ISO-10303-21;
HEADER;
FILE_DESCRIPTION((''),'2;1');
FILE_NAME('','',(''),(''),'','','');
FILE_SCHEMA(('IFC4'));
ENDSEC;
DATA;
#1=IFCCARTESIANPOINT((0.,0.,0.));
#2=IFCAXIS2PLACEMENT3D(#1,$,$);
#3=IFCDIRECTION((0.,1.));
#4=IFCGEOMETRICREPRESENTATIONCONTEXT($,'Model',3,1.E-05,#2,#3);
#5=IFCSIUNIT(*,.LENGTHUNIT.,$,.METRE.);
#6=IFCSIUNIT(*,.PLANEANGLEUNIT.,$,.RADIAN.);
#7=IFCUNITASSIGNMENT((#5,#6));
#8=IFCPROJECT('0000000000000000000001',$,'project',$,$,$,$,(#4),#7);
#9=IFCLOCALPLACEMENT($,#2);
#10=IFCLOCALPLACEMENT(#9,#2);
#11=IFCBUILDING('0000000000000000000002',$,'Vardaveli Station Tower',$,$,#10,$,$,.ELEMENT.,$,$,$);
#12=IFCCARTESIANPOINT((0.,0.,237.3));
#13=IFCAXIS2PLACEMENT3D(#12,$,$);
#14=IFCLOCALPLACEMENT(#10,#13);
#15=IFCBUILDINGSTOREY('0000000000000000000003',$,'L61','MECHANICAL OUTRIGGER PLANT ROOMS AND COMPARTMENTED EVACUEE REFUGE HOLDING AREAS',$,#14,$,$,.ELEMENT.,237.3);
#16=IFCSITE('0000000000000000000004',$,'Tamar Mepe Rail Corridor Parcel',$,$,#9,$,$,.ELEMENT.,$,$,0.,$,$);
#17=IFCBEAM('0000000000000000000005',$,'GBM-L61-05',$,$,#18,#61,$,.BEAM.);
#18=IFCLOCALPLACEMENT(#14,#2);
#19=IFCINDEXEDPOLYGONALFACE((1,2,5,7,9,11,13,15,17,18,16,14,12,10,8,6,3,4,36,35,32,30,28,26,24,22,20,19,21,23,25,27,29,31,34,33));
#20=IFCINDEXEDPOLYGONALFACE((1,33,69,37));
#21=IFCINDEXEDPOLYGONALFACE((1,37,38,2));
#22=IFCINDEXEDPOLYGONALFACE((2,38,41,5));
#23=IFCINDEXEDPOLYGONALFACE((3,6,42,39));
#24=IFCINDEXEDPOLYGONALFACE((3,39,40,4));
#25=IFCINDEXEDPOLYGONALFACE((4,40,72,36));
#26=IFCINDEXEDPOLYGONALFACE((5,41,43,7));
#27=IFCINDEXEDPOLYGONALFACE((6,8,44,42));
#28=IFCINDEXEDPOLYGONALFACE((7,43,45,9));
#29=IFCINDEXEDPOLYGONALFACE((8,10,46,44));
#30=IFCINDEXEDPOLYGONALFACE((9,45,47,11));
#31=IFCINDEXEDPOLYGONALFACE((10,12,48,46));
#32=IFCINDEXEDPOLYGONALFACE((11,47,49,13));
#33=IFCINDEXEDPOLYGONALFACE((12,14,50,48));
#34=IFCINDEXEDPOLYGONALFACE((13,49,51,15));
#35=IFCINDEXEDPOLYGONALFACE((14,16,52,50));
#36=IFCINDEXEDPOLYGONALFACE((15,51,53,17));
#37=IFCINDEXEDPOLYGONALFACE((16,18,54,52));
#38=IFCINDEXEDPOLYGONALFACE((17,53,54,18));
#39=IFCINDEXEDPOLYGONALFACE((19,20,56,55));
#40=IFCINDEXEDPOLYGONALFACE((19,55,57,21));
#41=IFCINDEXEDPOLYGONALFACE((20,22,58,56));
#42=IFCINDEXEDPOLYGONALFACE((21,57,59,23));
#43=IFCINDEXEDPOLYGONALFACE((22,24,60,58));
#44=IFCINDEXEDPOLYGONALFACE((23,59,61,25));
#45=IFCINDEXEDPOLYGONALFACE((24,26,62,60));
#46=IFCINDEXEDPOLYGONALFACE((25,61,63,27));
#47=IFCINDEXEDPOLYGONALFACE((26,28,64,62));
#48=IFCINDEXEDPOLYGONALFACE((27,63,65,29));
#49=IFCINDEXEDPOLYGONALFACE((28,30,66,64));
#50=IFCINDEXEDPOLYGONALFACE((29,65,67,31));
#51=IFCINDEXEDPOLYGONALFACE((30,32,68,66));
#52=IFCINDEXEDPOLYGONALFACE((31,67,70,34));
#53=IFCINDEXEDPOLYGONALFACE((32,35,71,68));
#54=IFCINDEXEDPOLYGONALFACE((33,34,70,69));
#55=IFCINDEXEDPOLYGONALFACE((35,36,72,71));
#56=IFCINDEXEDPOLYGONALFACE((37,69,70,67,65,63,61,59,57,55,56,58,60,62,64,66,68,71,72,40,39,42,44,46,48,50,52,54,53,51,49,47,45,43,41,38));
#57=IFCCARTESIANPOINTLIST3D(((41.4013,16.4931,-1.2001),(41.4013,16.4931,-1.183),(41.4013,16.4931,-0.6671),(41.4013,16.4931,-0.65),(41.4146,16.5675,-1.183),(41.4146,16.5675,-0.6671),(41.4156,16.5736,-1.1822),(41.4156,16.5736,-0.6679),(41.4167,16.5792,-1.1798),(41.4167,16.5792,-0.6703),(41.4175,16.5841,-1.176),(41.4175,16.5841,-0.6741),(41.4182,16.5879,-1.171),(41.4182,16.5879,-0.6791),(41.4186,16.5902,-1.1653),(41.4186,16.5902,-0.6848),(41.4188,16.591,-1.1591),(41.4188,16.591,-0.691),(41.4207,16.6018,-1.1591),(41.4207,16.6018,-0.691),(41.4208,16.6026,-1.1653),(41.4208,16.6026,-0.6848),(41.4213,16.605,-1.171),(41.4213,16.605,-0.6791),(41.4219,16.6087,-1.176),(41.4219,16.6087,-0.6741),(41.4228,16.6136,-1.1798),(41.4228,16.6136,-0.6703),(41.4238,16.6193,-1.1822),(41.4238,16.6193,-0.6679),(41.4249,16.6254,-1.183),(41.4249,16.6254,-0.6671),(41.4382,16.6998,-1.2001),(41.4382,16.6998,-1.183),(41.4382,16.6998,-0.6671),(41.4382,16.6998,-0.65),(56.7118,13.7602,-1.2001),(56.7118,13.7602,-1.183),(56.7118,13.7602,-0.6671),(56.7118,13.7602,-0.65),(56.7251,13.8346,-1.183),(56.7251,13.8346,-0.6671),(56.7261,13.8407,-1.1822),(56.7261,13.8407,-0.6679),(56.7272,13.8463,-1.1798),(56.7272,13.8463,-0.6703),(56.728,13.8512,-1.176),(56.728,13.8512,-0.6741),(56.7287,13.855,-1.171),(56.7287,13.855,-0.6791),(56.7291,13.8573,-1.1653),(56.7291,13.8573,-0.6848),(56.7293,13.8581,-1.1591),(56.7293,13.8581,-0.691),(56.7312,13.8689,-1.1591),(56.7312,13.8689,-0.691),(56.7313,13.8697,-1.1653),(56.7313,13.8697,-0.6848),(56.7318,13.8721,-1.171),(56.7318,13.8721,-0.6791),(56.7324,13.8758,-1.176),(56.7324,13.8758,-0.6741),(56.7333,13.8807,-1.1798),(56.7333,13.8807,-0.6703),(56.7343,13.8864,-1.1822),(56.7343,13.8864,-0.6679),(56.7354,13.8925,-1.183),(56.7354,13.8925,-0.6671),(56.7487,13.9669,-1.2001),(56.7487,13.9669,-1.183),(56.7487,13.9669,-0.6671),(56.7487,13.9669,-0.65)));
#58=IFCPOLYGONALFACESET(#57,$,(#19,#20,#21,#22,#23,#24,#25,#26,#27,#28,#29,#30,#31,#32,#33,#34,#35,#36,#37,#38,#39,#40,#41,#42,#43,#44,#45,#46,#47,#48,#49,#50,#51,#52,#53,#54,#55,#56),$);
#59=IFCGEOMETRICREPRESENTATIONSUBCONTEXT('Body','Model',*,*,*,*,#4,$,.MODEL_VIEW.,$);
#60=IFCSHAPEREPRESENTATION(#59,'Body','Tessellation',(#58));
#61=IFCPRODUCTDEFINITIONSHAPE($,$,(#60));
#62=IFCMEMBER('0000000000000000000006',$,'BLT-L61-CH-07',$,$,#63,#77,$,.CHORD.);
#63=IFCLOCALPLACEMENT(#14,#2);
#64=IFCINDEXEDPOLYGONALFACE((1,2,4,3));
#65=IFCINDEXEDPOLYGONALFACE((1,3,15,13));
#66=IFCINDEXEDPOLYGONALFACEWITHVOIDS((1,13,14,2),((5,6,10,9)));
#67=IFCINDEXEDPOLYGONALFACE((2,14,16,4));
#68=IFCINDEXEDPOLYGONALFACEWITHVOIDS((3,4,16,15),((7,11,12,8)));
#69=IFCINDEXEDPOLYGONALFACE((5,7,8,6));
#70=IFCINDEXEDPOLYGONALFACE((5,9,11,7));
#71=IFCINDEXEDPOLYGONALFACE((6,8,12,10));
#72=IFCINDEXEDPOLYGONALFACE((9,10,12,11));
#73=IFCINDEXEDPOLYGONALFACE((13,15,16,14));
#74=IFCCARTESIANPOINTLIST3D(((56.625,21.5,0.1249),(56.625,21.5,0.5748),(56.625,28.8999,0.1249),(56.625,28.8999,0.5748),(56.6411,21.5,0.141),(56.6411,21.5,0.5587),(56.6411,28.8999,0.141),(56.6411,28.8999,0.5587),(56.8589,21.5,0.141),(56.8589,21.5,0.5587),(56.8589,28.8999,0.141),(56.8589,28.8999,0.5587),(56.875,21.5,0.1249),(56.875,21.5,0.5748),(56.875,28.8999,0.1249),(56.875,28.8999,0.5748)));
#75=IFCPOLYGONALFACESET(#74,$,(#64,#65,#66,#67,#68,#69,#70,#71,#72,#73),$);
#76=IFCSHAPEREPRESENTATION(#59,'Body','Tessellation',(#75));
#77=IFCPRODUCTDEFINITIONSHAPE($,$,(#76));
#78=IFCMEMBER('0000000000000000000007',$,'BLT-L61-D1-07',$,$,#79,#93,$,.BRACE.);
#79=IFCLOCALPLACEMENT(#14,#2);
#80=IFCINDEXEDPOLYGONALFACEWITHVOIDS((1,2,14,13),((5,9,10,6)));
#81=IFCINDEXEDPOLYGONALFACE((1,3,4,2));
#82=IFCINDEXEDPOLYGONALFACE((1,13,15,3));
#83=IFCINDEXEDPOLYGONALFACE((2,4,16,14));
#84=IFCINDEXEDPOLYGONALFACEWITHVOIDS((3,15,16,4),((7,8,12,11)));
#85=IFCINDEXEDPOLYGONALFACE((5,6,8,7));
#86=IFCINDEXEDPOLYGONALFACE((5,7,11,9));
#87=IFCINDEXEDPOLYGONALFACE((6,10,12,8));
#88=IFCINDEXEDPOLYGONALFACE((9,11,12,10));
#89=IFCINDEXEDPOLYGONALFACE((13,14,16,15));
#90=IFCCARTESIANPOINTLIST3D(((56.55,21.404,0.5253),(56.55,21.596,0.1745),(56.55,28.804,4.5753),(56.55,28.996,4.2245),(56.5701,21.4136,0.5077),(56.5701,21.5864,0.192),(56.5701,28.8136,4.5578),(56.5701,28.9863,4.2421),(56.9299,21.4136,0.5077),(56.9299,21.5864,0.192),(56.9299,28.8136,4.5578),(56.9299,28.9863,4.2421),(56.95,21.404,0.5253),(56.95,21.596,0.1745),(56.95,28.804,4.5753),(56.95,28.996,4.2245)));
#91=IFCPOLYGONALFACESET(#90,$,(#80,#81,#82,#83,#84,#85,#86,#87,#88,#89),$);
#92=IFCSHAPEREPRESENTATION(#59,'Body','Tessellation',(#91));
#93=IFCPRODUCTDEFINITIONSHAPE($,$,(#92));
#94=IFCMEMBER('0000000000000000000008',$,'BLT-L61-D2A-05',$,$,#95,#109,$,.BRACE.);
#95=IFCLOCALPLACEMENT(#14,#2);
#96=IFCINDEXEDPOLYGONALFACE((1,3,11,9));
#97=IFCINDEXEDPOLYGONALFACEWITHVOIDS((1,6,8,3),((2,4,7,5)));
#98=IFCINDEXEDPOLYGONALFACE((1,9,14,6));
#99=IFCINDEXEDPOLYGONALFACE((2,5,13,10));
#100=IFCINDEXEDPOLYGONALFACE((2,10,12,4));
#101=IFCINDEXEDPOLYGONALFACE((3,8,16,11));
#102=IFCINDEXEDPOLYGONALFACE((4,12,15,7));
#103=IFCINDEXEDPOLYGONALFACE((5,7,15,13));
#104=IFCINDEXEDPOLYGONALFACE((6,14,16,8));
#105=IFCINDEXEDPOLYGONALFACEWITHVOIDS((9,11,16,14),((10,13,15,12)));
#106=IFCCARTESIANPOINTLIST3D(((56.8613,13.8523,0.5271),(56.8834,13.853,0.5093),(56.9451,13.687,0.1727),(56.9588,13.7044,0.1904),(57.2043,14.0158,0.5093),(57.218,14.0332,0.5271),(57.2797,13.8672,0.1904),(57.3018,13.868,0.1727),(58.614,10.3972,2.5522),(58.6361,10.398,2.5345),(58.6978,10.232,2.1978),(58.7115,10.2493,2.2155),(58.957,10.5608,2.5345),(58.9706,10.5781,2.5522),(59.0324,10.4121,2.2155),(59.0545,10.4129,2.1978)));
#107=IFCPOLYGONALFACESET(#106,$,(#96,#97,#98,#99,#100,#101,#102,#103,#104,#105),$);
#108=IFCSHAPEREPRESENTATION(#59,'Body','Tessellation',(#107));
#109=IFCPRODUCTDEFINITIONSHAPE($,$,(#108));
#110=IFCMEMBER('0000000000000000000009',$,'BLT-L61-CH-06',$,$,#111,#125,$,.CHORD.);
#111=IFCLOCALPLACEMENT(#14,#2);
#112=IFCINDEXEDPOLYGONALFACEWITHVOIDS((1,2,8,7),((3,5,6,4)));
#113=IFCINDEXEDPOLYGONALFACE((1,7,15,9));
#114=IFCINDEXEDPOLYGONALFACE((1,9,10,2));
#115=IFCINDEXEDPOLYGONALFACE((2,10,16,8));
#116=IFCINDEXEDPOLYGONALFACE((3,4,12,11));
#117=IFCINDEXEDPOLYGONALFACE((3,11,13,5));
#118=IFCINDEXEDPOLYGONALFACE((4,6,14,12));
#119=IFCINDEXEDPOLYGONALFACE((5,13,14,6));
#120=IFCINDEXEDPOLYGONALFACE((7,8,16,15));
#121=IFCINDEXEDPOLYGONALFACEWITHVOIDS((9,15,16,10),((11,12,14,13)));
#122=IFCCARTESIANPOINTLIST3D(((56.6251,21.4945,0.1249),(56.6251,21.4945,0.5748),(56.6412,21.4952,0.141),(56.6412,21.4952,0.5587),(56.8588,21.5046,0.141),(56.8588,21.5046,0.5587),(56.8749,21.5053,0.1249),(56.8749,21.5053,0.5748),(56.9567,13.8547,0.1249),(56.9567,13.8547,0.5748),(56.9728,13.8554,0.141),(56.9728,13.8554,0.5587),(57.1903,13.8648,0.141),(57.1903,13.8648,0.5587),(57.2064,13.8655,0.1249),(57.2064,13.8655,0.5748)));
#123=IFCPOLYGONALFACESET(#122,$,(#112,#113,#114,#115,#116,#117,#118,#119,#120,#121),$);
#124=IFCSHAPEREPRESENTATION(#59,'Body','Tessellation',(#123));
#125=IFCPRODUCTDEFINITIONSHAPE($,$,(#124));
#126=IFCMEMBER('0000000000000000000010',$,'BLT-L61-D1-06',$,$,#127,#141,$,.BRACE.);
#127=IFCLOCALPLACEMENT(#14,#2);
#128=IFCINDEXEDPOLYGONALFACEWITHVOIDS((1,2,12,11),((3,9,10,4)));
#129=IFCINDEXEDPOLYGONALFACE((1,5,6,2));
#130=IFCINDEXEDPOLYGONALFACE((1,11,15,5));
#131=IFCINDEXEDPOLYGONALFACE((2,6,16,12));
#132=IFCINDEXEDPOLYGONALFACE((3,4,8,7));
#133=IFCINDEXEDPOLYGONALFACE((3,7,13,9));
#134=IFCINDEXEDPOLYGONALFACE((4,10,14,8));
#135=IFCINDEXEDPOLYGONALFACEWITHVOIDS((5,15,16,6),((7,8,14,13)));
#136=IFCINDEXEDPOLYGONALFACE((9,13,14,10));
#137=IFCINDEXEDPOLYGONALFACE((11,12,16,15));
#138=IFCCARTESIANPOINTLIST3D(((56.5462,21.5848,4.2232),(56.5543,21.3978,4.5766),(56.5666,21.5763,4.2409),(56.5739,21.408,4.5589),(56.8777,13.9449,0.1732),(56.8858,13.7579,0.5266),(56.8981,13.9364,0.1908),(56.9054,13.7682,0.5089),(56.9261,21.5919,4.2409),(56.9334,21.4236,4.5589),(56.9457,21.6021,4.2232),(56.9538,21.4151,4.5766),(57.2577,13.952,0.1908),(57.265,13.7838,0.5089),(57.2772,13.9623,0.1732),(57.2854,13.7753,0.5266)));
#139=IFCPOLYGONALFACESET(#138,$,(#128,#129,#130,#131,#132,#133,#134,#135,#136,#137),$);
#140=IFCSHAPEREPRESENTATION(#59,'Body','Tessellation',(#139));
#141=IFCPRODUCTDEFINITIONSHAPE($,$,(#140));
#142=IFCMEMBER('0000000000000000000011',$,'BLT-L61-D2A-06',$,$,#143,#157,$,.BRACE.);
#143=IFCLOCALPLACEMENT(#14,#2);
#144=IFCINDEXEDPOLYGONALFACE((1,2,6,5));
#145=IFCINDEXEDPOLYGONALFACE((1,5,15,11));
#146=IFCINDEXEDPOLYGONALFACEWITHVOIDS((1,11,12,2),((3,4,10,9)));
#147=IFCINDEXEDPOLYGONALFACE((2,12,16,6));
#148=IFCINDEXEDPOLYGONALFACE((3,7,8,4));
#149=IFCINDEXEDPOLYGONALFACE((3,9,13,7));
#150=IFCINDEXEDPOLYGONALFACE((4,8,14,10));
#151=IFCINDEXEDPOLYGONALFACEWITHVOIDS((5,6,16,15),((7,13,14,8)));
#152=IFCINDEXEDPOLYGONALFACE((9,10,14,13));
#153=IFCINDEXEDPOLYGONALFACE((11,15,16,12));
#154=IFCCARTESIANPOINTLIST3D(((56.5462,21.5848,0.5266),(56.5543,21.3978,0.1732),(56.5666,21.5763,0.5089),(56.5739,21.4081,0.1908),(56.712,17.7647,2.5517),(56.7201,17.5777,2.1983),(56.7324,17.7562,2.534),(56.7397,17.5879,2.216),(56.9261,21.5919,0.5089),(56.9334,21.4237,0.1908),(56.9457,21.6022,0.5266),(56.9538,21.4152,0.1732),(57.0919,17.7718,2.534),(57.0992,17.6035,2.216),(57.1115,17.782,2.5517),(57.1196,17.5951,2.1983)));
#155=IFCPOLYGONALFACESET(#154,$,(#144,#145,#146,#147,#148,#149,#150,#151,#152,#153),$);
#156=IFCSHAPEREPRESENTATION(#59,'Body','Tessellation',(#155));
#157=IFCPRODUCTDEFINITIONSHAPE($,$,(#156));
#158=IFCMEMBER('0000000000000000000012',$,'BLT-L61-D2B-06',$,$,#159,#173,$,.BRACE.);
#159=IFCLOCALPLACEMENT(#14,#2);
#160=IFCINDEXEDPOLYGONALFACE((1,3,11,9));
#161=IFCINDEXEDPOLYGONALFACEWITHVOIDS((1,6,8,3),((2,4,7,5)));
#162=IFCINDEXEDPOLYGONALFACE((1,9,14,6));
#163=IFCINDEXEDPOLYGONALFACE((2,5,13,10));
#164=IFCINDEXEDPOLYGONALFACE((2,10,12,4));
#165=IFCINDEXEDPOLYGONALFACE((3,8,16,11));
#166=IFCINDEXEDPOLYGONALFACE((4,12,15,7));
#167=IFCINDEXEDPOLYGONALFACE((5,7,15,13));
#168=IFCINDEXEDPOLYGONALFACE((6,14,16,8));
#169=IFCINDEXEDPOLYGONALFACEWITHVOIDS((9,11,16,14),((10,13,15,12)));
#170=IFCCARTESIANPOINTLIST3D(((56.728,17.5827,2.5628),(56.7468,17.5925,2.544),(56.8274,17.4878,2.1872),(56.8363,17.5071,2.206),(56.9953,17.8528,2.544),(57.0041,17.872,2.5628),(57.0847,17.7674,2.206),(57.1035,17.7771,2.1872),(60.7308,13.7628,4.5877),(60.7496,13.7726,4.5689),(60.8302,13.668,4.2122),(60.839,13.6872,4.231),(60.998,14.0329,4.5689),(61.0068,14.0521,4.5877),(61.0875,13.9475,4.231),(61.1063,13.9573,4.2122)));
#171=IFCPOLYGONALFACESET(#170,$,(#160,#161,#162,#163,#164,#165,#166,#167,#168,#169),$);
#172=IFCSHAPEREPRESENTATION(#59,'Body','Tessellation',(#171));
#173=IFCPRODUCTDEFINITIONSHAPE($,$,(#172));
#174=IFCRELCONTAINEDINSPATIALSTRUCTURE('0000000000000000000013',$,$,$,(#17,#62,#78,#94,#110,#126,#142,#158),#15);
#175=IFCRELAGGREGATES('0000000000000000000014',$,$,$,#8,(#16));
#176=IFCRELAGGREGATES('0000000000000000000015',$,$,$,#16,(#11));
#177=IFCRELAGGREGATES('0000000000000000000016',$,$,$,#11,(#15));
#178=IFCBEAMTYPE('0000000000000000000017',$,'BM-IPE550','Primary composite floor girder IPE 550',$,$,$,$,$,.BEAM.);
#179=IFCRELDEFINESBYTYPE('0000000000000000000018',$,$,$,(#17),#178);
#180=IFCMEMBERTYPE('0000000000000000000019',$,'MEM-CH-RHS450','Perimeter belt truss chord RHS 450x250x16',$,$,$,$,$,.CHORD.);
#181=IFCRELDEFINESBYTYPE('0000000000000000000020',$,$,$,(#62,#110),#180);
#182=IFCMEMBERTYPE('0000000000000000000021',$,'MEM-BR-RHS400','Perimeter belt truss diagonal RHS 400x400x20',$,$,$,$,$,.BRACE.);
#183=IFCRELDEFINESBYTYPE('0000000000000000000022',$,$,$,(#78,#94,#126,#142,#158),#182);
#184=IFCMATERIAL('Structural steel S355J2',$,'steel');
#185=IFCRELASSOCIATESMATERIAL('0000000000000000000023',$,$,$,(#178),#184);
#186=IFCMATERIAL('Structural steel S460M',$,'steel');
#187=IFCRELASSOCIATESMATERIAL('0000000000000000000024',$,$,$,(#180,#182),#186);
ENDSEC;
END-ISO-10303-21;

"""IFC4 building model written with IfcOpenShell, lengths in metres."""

from ifc_helpers import new_model, si_unit, direction, frame, origin, origin_2d, place, context, subcontext, project, spatial, hollow_rectangle, i_section, extrude, source, transform, mapped, material, material_profile, profile_set, type_object, element, save


model = new_model("IFC4")

# Units and contexts
model_context = context("Model", 3, precision=1e-05, world=origin(), true_north=direction((0.0, 1.0)))
body_context = subcontext(model_context, "Body", "Model", "MODEL_VIEW")
ifc_project = project(units=[si_unit("LENGTHUNIT", "METRE"), si_unit("PLANEANGLEUNIT", "RADIAN")], contexts=[model_context])

# Site, building, storey
site_placement = place(None, origin())
site = spatial("IfcSite", under=ifc_project, at=site_placement, Name="Tamar Mepe Rail Corridor Parcel", CompositionType="ELEMENT", RefElevation=0.0)
building_placement = place(site_placement, origin())
building = spatial("IfcBuilding", under=site, at=building_placement, Name="Vardaveli Station Tower", CompositionType="ELEMENT")
storey_placement = place(building_placement, frame((0.0, 0.0, 237.3)))
storey = spatial("IfcBuildingStorey", under=building, at=storey_placement, Name="L61", Description="MECHANICAL OUTRIGGER PLANT ROOMS AND COMPARTMENTED EVACUEE REFUGE HOLDING AREAS", CompositionType="ELEMENT", Elevation=237.3)

# Shared definitions
ifc_material_1 = material(Name="Structural steel S460M", Category="steel")

# Beam
ifc_material_2 = material(Name="Structural steel S355J2", Category="steel")
ifc_material_profile_1 = material_profile(ifc_material_2, i_section(OverallWidth=0.21, OverallDepth=0.55, WebThickness=0.011, FlangeThickness=0.0171, FilletRadius=0.0239, at=origin_2d()), Name="IPE 550")
ifc_profile_set_1 = profile_set([ifc_material_profile_1], Name="Structural steel S355J2")
beam_type_1 = type_object("IfcBeamType", Name="BM-IPE550", Description="Primary composite floor girder IPE 550", PredefinedType="BEAM", material=ifc_profile_set_1)
shared_shape_1 = source(origin(), body_context, "Body", "SweptSolid", [
    extrude(i_section(OverallWidth=0.21, OverallDepth=0.55, WebThickness=0.011, FlangeThickness=0.0171, FilletRadius=0.0239, at=origin_2d()), origin(), (0.0, 0.0, 1.0), 15.5525),
])
beam_1_placement = place(storey_placement, frame((56.7302, 13.8635, -0.925), z_axis=(-0.98444, 0.175721, 0.0), x_axis=(-0.175721, -0.98444, 0.0)))
element("IfcBeam", 1, at=beam_1_placement, inside=storey, type_object=beam_type_1, Name="GBM-L61-05", PredefinedType="BEAM", context=body_context, shape_type="MappedRepresentation", body=[
    mapped(shared_shape_1, transform((0.0, 0.0, 0.0), scale=1.0)),
])

# Members
ifc_material_profile_2 = material_profile(ifc_material_1, hollow_rectangle(XDim=0.25, YDim=0.45, WallThickness=0.0161, at=origin_2d()), Name="RHS 450x250x16")
ifc_profile_set_2 = profile_set([ifc_material_profile_2], Name="Structural steel S460M")
member_type_1 = type_object("IfcMemberType", Name="MEM-CH-RHS450", Description="Perimeter belt truss chord RHS 450x250x16", PredefinedType="CHORD", material=ifc_profile_set_2)
shared_shape_2 = source(origin(), body_context, "Body", "SweptSolid", [
    extrude(hollow_rectangle(XDim=0.25, YDim=0.45, WallThickness=0.0161, at=origin_2d()), origin(), (0.0, 0.0, 1.0), 7.3999),
])
member_1_placement = place(storey_placement, frame((56.75, 21.5, 0.3499), z_axis=(0.0, 1.0, 0.0), x_axis=(-1.0, 0.0, 0.0)))
element("IfcMember", 2, at=member_1_placement, inside=storey, type_object=member_type_1, Name="BLT-L61-CH-07", PredefinedType="CHORD", context=body_context, shape_type="MappedRepresentation", body=[
    mapped(shared_shape_2, transform((0.0, 0.0, 0.0), scale=1.0)),
])
ifc_material_profile_3 = material_profile(ifc_material_1, hollow_rectangle(XDim=0.3999, YDim=0.3999, WallThickness=0.02, at=origin_2d()), Name="RHS 400x400x20")
ifc_profile_set_3 = profile_set([ifc_material_profile_3], Name="Structural steel S460M")
member_type_2 = type_object("IfcMemberType", Name="MEM-BR-RHS400", Description="Perimeter belt truss diagonal RHS 400x400x20", PredefinedType="BRACE", material=ifc_profile_set_3)
shared_shape_3 = source(origin(), body_context, "Body", "SweptSolid", [
    extrude(hollow_rectangle(XDim=0.3999, YDim=0.3999, WallThickness=0.02, at=origin_2d()), origin(), (0.0, 0.0, 1.0), 8.4358),
])
member_2_placement = place(storey_placement, frame((56.75, 21.5, 0.3499), z_axis=(0.0, 0.87721, 0.480107), x_axis=(-1.0, 0.0, 0.0)))
element("IfcMember", 3, at=member_2_placement, inside=storey, type_object=member_type_2, Name="BLT-L61-D1-07", PredefinedType="BRACE", context=body_context, shape_type="MappedRepresentation", body=[
    mapped(shared_shape_3, transform((0.0, 0.0, 0.0), scale=1.0)),
])
shared_shape_4 = source(origin(), body_context, "Body", "SweptSolid", [
    extrude(hollow_rectangle(XDim=0.3999, YDim=0.3999, WallThickness=0.02, at=origin_2d()), origin(), (0.0, 0.0, 1.0), 4.3716),
])
member_3_placement = place(storey_placement, frame((57.0815, 13.8601, 0.3499), z_axis=(0.400927, -0.79035, 0.463253), x_axis=(0.891816, 0.452399, 0.0)))
element("IfcMember", 4, at=member_3_placement, inside=storey, type_object=member_type_2, Name="BLT-L61-D2A-05", PredefinedType="BRACE", context=body_context, shape_type="MappedRepresentation", body=[
    mapped(shared_shape_4, transform((0.0, 0.0, 0.0), scale=1.0)),
])
shared_shape_5 = source(origin(), body_context, "Body", "SweptSolid", [
    extrude(hollow_rectangle(XDim=0.25, YDim=0.45, WallThickness=0.0161, at=origin_2d()), origin(), (0.0, 0.0, 1.0), 7.647),
])
member_4_placement = place(storey_placement, frame((57.0815, 13.8601, 0.3499), z_axis=(-0.043355, 0.99906, 0.0), x_axis=(-0.99906, -0.043355, 0.0)))
element("IfcMember", 5, at=member_4_placement, inside=storey, type_object=member_type_1, Name="BLT-L61-CH-06", PredefinedType="CHORD", context=body_context, shape_type="MappedRepresentation", body=[
    mapped(shared_shape_5, transform((0.0, 0.0, 0.0), scale=1.0)),
])
shared_shape_6 = source(origin(), body_context, "Body", "SweptSolid", [
    extrude(hollow_rectangle(XDim=0.3999, YDim=0.3999, WallThickness=0.02, at=origin_2d()), origin(), (0.0, 0.0, 1.0), 8.6533),
])
member_5_placement = place(storey_placement, frame((57.0815, 13.8601, 0.3499), z_axis=(-0.038314, 0.882881, 0.468032), x_axis=(-0.99906, -0.043355, 0.0)))
element("IfcMember", 6, at=member_5_placement, inside=storey, type_object=member_type_2, Name="BLT-L61-D1-06", PredefinedType="BRACE", context=body_context, shape_type="MappedRepresentation", body=[
    mapped(shared_shape_6, transform((0.0, 0.0, 0.0), scale=1.0)),
])
shared_shape_7 = source(origin(), body_context, "Body", "SweptSolid", [
    extrude(hollow_rectangle(XDim=0.3999, YDim=0.3999, WallThickness=0.02, at=origin_2d()), origin(), (0.0, 0.0, 1.0), 4.3269),
])
member_6_placement = place(storey_placement, frame((56.75, 21.5, 0.3499), z_axis=(0.038312, -0.882875, 0.468042), x_axis=(0.99906, 0.043354, 0.0)))
element("IfcMember", 7, at=member_6_placement, inside=storey, type_object=member_type_2, Name="BLT-L61-D2A-06", PredefinedType="BRACE", context=body_context, shape_type="MappedRepresentation", body=[
    mapped(shared_shape_7, transform((0.0, 0.0, 0.0), scale=1.0)),
])
shared_shape_8 = source(origin(), body_context, "Body", "SweptSolid", [
    extrude(hollow_rectangle(XDim=0.3999, YDim=0.3999, WallThickness=0.02, at=origin_2d()), origin(), (0.0, 0.0, 1.0), 5.8918),
])
member_7_placement = place(storey_placement, frame((56.9158, 17.6799, 2.375), z_axis=(0.679371, -0.648334, 0.343684), x_axis=(0.690389, 0.723439, 0.0)))
element("IfcMember", 8, at=member_7_placement, inside=storey, type_object=member_type_2, Name="BLT-L61-D2B-06", PredefinedType="BRACE", context=body_context, shape_type="MappedRepresentation", body=[
    mapped(shared_shape_8, transform((0.0, 0.0, 0.0), scale=1.0)),
])

save(model, "model.ifc")
